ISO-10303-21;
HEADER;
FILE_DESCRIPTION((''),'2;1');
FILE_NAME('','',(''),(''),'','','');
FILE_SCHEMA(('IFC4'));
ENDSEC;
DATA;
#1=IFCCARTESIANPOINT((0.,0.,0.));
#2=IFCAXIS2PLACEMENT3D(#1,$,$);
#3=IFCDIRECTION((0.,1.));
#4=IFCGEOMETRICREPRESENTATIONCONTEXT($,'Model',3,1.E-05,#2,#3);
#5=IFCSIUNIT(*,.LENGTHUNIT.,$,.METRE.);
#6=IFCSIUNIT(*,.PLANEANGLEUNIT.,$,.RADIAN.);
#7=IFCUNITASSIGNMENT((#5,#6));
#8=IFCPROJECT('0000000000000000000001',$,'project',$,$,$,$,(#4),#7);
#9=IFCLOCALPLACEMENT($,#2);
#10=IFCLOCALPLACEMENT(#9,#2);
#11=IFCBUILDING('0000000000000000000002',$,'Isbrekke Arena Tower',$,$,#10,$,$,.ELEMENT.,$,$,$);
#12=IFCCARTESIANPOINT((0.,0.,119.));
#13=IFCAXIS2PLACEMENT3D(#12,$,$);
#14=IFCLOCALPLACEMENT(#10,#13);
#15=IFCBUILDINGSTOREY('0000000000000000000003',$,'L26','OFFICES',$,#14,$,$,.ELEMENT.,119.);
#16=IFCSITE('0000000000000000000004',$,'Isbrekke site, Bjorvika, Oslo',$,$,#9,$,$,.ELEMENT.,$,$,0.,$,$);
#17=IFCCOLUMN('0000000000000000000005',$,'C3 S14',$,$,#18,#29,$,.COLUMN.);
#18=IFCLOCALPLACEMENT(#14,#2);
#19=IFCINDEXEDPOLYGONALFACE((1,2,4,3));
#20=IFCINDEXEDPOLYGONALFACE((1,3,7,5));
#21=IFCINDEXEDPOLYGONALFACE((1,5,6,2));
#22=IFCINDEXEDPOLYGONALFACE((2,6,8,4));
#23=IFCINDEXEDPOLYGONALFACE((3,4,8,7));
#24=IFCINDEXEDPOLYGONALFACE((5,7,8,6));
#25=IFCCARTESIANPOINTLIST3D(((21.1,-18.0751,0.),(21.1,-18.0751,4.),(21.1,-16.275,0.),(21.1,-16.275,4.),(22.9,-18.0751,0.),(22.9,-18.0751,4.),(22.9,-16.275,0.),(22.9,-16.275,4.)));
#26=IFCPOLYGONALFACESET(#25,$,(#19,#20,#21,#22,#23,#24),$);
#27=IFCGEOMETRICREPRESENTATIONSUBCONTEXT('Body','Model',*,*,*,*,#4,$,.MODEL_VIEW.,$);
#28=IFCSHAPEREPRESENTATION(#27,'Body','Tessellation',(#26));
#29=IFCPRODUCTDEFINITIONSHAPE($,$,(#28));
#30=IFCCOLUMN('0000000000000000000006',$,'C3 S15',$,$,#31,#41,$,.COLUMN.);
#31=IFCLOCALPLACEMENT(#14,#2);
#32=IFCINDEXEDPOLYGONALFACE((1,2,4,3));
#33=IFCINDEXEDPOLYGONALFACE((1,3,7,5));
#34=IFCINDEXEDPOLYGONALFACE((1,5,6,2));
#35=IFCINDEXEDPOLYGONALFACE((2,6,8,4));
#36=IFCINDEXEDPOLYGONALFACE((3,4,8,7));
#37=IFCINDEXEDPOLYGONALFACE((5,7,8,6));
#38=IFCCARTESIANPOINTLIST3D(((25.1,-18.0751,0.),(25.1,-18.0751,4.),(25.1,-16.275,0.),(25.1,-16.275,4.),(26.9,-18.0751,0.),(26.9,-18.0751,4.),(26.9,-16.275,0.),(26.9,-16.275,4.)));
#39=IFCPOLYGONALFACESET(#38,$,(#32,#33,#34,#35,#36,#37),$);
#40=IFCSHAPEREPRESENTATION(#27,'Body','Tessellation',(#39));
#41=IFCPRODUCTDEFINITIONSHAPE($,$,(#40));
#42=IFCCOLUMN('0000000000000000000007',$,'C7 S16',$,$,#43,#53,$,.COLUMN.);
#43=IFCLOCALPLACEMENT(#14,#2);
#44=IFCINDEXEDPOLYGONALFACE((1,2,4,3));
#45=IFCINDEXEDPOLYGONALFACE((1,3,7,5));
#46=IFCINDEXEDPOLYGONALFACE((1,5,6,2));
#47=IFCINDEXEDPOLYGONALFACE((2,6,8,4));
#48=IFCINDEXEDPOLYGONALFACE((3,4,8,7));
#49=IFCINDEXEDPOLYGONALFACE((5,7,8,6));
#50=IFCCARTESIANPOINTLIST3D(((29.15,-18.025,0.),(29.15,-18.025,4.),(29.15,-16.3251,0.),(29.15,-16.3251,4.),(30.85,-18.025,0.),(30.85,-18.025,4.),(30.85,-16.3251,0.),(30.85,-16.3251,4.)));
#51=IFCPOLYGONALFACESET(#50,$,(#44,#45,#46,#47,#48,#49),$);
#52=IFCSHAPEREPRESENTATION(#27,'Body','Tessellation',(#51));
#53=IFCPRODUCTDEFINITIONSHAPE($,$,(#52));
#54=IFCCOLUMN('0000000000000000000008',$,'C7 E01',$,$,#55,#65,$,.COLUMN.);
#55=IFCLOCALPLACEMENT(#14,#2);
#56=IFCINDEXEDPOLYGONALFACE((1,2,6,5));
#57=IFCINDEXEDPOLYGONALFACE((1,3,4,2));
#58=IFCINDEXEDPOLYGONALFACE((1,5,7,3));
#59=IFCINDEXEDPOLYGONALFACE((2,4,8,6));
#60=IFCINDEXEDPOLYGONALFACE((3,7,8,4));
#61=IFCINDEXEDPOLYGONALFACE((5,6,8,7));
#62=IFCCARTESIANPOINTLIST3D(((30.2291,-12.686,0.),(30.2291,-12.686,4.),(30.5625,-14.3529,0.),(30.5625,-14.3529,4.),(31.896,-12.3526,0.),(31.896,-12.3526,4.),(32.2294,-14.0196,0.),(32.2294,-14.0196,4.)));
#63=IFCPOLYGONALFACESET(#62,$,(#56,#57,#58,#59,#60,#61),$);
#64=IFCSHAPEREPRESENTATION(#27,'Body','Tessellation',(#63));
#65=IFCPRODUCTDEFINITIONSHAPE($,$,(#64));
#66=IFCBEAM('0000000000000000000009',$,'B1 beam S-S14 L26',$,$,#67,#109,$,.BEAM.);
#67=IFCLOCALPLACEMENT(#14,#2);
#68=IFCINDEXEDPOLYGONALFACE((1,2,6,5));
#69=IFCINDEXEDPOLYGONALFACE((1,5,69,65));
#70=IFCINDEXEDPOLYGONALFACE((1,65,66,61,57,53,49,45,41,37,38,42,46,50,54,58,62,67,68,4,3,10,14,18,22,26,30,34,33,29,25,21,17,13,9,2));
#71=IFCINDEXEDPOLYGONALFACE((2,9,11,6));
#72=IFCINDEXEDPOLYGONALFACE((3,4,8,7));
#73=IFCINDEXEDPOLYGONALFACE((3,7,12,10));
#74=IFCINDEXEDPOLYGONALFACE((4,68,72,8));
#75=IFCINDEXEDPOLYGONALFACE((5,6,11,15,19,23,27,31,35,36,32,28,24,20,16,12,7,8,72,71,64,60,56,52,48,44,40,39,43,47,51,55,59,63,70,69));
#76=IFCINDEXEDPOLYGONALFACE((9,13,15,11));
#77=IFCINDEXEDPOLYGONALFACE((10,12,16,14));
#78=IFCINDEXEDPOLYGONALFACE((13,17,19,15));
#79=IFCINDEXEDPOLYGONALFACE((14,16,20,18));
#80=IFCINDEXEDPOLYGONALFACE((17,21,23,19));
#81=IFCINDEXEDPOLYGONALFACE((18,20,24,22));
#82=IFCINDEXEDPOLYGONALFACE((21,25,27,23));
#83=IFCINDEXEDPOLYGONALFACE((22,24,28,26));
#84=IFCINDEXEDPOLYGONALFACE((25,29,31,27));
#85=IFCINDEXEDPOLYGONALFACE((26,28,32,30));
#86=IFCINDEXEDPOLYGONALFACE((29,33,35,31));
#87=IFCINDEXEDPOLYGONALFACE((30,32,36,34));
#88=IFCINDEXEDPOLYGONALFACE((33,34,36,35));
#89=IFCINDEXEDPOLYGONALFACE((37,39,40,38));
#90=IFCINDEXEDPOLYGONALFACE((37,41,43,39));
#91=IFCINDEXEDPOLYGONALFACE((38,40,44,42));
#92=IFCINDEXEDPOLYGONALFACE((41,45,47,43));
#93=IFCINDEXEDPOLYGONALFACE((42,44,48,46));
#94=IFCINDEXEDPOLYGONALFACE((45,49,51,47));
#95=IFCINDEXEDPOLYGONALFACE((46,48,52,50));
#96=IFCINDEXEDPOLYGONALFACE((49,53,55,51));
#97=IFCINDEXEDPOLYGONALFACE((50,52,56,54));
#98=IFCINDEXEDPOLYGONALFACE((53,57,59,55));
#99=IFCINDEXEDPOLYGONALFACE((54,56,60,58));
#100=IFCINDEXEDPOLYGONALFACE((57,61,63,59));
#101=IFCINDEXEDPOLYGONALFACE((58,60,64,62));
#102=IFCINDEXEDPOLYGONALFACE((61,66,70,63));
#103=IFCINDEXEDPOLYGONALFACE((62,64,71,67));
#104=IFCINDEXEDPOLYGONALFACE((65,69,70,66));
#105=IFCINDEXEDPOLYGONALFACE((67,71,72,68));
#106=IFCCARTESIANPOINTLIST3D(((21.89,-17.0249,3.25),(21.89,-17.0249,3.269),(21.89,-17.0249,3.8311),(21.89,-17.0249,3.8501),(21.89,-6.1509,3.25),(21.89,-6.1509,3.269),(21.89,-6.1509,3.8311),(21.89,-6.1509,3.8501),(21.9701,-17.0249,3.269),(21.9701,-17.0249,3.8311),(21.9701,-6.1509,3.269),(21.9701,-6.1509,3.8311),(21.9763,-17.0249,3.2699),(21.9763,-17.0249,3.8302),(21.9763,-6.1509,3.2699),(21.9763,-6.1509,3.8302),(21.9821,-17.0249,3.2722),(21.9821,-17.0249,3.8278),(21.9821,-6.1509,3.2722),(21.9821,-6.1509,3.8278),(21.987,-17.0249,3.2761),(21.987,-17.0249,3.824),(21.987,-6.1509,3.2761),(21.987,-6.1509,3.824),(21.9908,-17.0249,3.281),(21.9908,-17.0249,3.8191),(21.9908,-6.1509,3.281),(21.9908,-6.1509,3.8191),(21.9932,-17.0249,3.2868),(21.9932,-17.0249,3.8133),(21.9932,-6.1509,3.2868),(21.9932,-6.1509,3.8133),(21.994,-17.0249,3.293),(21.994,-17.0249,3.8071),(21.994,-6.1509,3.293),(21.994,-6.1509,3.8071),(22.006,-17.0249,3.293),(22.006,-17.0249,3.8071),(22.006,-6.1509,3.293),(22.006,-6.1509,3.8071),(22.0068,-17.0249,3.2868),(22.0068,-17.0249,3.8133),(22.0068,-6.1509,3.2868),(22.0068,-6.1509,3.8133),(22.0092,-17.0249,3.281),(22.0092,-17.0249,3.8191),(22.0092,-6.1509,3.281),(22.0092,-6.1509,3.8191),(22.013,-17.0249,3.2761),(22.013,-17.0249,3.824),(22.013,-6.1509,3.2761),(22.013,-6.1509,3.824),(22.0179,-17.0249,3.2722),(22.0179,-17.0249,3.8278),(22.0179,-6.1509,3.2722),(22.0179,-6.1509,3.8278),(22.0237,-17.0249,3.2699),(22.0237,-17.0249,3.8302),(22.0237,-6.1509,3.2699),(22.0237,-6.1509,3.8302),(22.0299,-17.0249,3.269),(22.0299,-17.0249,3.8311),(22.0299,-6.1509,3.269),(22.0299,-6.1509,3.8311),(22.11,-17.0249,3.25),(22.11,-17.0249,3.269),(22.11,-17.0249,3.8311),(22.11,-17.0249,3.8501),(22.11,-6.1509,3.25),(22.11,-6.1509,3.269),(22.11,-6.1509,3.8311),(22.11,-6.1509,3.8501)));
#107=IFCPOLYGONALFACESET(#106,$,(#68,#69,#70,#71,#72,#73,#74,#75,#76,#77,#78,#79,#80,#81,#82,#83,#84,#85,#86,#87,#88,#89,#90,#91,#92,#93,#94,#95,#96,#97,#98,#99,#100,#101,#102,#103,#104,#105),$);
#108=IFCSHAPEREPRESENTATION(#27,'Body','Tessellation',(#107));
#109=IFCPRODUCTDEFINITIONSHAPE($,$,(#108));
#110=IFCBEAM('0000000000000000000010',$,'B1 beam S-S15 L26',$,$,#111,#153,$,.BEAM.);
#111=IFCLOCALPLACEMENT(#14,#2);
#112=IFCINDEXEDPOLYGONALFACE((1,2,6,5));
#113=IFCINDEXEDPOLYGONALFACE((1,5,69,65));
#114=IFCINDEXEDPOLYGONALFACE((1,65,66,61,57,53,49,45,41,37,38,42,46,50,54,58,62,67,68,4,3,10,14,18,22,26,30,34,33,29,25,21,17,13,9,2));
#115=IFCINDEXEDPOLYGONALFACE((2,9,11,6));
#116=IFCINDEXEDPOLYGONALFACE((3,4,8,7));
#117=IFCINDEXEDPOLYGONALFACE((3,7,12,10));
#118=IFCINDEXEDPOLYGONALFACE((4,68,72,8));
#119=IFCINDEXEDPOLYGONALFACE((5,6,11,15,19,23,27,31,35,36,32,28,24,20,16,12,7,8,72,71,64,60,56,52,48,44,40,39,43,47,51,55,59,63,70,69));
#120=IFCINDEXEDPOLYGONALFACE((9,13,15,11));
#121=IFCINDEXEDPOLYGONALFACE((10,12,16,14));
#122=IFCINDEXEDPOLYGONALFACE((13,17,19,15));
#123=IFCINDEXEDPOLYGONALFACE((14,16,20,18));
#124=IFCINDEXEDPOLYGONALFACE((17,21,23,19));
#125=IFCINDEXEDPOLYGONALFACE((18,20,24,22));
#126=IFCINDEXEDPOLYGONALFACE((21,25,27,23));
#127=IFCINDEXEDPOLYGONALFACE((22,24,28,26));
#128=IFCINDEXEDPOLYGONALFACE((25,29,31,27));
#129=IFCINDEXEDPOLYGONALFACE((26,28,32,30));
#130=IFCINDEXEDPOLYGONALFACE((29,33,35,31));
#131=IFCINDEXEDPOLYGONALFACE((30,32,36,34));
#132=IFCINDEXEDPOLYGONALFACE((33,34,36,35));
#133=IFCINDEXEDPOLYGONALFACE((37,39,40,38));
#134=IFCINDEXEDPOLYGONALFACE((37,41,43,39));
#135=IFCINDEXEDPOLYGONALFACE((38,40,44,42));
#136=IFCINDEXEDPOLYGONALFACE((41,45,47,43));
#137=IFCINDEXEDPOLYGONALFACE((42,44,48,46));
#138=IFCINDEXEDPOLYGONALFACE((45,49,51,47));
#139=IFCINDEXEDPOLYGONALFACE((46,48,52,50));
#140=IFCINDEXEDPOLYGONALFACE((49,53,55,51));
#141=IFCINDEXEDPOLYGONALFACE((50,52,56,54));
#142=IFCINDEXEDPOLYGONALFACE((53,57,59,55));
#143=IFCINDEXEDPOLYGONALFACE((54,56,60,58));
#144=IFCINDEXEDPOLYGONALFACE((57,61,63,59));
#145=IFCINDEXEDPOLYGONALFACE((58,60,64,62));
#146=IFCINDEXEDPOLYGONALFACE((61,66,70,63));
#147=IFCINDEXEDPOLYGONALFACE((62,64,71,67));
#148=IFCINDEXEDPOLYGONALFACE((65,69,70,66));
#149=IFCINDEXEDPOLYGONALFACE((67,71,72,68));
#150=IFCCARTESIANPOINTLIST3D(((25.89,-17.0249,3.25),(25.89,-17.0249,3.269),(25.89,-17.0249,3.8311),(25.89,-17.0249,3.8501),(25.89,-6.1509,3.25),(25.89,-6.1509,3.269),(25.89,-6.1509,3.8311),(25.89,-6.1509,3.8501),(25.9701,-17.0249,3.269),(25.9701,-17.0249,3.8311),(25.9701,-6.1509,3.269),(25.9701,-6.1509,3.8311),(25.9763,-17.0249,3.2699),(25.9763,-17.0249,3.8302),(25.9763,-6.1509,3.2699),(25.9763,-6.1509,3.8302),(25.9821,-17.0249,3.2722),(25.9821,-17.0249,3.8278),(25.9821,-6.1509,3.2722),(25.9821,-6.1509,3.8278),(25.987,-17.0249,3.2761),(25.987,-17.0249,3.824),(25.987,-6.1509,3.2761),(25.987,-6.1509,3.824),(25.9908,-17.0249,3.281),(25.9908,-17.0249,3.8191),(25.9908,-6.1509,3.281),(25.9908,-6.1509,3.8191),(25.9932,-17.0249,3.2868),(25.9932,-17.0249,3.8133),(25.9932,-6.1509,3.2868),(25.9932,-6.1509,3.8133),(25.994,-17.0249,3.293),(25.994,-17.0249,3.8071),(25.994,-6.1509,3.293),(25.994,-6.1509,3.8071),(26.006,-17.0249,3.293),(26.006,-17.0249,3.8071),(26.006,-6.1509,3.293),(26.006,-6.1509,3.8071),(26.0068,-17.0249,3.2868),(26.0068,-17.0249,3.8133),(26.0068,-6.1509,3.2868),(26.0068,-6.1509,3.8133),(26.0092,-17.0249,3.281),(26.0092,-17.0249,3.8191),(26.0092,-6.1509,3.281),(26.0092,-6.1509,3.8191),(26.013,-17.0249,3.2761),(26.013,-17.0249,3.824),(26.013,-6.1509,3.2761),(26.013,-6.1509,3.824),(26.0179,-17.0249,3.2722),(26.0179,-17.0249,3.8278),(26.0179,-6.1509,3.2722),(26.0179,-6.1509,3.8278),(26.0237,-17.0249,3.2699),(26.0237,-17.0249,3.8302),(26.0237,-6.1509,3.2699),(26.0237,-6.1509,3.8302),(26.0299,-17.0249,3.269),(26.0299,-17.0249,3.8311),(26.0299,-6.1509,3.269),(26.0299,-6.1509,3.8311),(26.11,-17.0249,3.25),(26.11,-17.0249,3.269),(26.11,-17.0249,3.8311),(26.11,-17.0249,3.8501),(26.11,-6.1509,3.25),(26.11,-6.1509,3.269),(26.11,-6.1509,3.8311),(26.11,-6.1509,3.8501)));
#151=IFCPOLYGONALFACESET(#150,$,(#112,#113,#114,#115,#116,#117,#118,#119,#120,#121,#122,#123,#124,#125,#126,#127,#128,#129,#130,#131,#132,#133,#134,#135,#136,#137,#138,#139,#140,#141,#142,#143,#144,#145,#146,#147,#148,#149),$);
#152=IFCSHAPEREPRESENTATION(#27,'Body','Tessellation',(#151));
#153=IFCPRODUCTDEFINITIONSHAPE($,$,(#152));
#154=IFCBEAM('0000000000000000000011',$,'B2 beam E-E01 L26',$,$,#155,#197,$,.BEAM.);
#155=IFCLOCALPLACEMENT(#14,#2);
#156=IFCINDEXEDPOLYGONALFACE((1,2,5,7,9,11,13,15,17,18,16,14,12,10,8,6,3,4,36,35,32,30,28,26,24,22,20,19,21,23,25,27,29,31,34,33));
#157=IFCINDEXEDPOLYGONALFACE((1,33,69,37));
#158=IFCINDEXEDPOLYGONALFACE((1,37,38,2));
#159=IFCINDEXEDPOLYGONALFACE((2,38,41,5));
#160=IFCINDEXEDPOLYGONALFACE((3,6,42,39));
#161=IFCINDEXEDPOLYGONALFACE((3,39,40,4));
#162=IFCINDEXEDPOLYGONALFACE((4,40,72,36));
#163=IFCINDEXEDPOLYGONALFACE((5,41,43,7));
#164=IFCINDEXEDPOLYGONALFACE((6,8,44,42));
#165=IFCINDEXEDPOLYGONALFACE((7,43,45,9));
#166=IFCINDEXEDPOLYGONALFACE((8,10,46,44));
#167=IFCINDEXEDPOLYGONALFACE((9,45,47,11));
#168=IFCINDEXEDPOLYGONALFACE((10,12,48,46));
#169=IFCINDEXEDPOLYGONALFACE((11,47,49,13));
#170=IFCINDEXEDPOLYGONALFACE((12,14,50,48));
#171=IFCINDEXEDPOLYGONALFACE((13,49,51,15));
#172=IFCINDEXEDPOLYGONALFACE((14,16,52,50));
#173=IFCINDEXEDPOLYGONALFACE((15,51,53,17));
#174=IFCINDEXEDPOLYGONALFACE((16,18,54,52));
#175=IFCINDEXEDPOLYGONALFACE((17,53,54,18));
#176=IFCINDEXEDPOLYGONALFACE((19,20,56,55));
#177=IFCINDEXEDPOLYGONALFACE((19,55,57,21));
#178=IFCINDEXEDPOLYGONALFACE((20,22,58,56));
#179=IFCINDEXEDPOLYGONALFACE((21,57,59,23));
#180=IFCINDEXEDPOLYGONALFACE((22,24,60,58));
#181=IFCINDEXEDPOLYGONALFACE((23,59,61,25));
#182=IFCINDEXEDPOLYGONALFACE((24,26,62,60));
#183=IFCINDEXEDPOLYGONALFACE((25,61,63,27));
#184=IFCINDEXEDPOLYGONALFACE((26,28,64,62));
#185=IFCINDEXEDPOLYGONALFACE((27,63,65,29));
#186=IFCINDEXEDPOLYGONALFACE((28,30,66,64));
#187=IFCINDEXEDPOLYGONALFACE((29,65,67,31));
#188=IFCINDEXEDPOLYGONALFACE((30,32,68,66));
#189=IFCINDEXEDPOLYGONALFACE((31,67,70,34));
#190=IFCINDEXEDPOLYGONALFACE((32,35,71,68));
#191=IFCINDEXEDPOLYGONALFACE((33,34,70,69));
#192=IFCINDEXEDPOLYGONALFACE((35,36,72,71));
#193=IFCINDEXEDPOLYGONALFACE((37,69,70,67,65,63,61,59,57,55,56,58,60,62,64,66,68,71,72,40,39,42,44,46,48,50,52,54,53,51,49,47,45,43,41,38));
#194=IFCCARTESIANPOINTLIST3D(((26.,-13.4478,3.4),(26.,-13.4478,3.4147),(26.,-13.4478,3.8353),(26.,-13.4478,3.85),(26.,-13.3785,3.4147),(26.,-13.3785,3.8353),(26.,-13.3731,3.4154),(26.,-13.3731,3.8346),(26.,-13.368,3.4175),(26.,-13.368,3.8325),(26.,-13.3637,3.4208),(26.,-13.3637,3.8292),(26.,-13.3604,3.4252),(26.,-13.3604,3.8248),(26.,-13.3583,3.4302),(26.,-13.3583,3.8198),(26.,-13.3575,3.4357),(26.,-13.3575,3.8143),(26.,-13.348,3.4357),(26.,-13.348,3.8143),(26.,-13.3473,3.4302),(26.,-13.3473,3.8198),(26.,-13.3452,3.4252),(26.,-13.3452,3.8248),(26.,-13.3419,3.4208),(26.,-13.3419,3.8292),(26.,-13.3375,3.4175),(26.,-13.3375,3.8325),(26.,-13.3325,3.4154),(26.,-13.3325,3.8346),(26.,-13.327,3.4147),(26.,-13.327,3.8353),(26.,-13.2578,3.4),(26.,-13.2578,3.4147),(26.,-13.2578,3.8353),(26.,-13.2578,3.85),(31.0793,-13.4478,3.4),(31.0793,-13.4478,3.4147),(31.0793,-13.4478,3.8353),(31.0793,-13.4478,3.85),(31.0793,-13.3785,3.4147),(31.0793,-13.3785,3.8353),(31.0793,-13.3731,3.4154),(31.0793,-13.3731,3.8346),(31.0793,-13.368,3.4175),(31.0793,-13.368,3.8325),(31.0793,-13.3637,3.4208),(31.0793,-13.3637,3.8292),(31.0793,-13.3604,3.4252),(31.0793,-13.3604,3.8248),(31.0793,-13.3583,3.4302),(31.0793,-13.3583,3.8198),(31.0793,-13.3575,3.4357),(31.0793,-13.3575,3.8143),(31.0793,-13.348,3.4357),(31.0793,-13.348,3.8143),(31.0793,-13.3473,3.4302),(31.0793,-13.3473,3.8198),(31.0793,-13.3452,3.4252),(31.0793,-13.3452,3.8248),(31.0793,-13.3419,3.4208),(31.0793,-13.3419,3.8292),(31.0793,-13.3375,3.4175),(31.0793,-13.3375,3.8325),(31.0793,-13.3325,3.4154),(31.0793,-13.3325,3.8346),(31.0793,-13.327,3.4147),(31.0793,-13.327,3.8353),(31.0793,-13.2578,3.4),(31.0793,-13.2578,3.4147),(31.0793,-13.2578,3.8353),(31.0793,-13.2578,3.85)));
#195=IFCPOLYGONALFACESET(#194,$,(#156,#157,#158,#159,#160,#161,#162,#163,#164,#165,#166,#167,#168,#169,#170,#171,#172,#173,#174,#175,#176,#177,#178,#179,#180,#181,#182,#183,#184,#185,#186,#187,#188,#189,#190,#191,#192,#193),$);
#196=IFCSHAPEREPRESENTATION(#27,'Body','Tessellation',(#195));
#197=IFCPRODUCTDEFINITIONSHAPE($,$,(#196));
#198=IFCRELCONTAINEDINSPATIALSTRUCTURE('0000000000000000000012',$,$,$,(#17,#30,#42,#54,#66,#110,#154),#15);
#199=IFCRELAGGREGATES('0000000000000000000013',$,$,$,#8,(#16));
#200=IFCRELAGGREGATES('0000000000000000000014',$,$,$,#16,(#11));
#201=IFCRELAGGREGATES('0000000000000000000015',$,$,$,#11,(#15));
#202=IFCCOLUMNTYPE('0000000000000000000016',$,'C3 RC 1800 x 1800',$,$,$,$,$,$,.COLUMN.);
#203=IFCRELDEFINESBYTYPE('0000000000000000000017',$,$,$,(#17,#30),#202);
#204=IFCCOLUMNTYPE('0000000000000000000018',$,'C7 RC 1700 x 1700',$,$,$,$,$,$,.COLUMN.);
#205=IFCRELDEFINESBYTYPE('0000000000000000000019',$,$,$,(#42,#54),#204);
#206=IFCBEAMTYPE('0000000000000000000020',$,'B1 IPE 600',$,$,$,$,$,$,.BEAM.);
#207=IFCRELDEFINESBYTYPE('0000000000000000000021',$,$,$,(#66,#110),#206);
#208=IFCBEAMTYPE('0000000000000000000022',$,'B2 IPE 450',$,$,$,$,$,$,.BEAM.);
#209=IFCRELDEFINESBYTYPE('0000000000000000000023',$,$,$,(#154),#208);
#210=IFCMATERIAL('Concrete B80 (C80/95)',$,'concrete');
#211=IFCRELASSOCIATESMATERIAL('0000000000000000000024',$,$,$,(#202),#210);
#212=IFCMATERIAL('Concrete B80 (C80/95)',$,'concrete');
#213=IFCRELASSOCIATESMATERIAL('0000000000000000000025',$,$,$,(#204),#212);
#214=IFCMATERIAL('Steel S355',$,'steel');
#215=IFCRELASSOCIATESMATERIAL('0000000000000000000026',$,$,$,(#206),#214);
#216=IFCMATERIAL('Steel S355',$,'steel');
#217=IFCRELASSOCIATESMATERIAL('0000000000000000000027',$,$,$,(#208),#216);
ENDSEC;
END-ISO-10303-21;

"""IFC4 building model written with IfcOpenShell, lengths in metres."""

from ifc_helpers import new_model, si_unit, direction, frame, origin, origin_2d, place, context, subcontext, project, spatial, rectangle, i_section, extrude, material, material_profile, profile_set, type_object, element, save


model = new_model("IFC4")

# Units and contexts
model_context = context("Model", 3, precision=1e-05, world=origin(), true_north=direction((0.0, 1.0)))
body_context = subcontext(model_context, "Body", "Model", "MODEL_VIEW")
ifc_project = project(units=[si_unit("LENGTHUNIT", "METRE"), si_unit("PLANEANGLEUNIT", "RADIAN")], contexts=[model_context])

# Site, building, storey
site_placement = place(None, origin())
site = spatial("IfcSite", under=ifc_project, at=site_placement, Name="Isbrekke site, Bjorvika, Oslo", CompositionType="ELEMENT", RefElevation=0.0)
building_placement = place(site_placement, origin())
building = spatial("IfcBuilding", under=site, at=building_placement, Name="Isbrekke Arena Tower", CompositionType="ELEMENT")
storey_placement = place(building_placement, frame((0.0, 0.0, 119.0)))
storey = spatial("IfcBuildingStorey", under=building, at=storey_placement, Name="L26", Description="OFFICES", CompositionType="ELEMENT", Elevation=119.0)

# Columns
ifc_material_1 = material(Name="Concrete B80 (C80/95)", Category="concrete")
ifc_material_profile_1 = material_profile(ifc_material_1, rectangle(XDim=1.8, YDim=1.8, at=origin_2d()), Name="RC 1800x1800")
ifc_profile_set_1 = profile_set([ifc_material_profile_1], Name="Concrete B80 (C80/95)")
column_type_1 = type_object("IfcColumnType", Name="C3 RC 1800 x 1800", PredefinedType="COLUMN", material=ifc_profile_set_1)
for number, where, z_axis, x_axis, name in (
    (1, (22.0, -17.175, 0.0), (0.0, 0.0, 1.0), (1.0, 0.0, 0.0), "C3 S14"),
    (2, (26.0, -17.175, 0.0), (0.0, 0.0, 1.0), (1.0, 0.0, 0.0), "C3 S15"),
):
    element("IfcColumn", number, at=place(storey_placement, frame(where, z_axis=z_axis, x_axis=x_axis)), inside=storey, type_object=column_type_1, Name=name, PredefinedType="COLUMN", context=body_context, shape_type="SweptSolid", body=[
        extrude(rectangle(XDim=1.8, YDim=1.8, at=origin_2d()), origin(), (0.0, 0.0, 1.0), 4.0),
    ])
ifc_material_2 = material(Name="Concrete B80 (C80/95)", Category="concrete")
ifc_material_profile_2 = material_profile(ifc_material_2, rectangle(XDim=1.7, YDim=1.7, at=origin_2d()), Name="RC 1700x1700")
ifc_profile_set_2 = profile_set([ifc_material_profile_2], Name="Concrete B80 (C80/95)")
column_type_2 = type_object("IfcColumnType", Name="C7 RC 1700 x 1700", PredefinedType="COLUMN", material=ifc_profile_set_2)
for number, where, z_axis, x_axis, name in (
    (3, (30.0, -17.175, 0.0), (0.0, 0.0, 1.0), (1.0, 0.0, 0.0), "C7 S16"),
    (4, (31.2292, -13.3528, 0.0), (0.0, 0.0, 1.0), (-0.196116, 0.980581, 0.0), "C7 E01"),
):
    element("IfcColumn", number, at=place(storey_placement, frame(where, z_axis=z_axis, x_axis=x_axis)), inside=storey, type_object=column_type_2, Name=name, PredefinedType="COLUMN", context=body_context, shape_type="SweptSolid", body=[
        extrude(rectangle(XDim=1.7, YDim=1.7, at=origin_2d()), origin(), (0.0, 0.0, 1.0), 4.0),
    ])

# Beams
ifc_material_3 = material(Name="Steel S355", Category="steel")
ifc_material_profile_3 = material_profile(ifc_material_3, i_section(OverallWidth=0.22, OverallDepth=0.6001, WebThickness=0.012, FlangeThickness=0.019, FilletRadius=0.0239, at=origin_2d()), Name="IPE 600")
ifc_profile_set_3 = profile_set([ifc_material_profile_3], Name="Steel S355")
beam_type_1 = type_object("IfcBeamType", Name="B1 IPE 600", PredefinedType="BEAM", material=ifc_profile_set_3)
for number, where, z_axis, x_axis, name in (
    (5, (22.0, -17.0249, 3.55), (0.0, 1.0, 0.0), (-1.0, 0.0, 0.0), "B1 beam S-S14 L26"),
    (6, (26.0, -17.0249, 3.55), (0.0, 1.0, 0.0), (-1.0, 0.0, 0.0), "B1 beam S-S15 L26"),
):
    element("IfcBeam", number, at=place(storey_placement, frame(where, z_axis=z_axis, x_axis=x_axis)), inside=storey, type_object=beam_type_1, Name=name, PredefinedType="BEAM", context=body_context, shape_type="SweptSolid", body=[
        extrude(i_section(OverallWidth=0.22, OverallDepth=0.6001, WebThickness=0.012, FlangeThickness=0.019, FilletRadius=0.0239, at=origin_2d()), origin(), (0.0, 0.0, 1.0), 10.874),
    ])
ifc_material_4 = material(Name="Steel S355", Category="steel")
ifc_material_profile_4 = material_profile(ifc_material_4, i_section(OverallWidth=0.1899, OverallDepth=0.45, WebThickness=0.0095, FlangeThickness=0.0146, FilletRadius=0.021, at=origin_2d()), Name="IPE 450")
ifc_profile_set_4 = profile_set([ifc_material_profile_4], Name="Steel S355")
beam_type_2 = type_object("IfcBeamType", Name="B2 IPE 450", PredefinedType="BEAM", material=ifc_profile_set_4)
beam_1_placement = place(storey_placement, frame((31.0793, -13.3528, 3.625), z_axis=(-1.0, 0.0, 0.0), x_axis=(0.0, -1.0, 0.0)))
element("IfcBeam", 7, at=beam_1_placement, inside=storey, type_object=beam_type_2, Name="B2 beam E-E01 L26", PredefinedType="BEAM", context=body_context, shape_type="SweptSolid", body=[
    extrude(i_section(OverallWidth=0.1899, OverallDepth=0.45, WebThickness=0.0095, FlangeThickness=0.0146, FilletRadius=0.021, at=origin_2d()), origin(), (0.0, 0.0, 1.0), 5.0793),
])

save(model, "model.ifc")
